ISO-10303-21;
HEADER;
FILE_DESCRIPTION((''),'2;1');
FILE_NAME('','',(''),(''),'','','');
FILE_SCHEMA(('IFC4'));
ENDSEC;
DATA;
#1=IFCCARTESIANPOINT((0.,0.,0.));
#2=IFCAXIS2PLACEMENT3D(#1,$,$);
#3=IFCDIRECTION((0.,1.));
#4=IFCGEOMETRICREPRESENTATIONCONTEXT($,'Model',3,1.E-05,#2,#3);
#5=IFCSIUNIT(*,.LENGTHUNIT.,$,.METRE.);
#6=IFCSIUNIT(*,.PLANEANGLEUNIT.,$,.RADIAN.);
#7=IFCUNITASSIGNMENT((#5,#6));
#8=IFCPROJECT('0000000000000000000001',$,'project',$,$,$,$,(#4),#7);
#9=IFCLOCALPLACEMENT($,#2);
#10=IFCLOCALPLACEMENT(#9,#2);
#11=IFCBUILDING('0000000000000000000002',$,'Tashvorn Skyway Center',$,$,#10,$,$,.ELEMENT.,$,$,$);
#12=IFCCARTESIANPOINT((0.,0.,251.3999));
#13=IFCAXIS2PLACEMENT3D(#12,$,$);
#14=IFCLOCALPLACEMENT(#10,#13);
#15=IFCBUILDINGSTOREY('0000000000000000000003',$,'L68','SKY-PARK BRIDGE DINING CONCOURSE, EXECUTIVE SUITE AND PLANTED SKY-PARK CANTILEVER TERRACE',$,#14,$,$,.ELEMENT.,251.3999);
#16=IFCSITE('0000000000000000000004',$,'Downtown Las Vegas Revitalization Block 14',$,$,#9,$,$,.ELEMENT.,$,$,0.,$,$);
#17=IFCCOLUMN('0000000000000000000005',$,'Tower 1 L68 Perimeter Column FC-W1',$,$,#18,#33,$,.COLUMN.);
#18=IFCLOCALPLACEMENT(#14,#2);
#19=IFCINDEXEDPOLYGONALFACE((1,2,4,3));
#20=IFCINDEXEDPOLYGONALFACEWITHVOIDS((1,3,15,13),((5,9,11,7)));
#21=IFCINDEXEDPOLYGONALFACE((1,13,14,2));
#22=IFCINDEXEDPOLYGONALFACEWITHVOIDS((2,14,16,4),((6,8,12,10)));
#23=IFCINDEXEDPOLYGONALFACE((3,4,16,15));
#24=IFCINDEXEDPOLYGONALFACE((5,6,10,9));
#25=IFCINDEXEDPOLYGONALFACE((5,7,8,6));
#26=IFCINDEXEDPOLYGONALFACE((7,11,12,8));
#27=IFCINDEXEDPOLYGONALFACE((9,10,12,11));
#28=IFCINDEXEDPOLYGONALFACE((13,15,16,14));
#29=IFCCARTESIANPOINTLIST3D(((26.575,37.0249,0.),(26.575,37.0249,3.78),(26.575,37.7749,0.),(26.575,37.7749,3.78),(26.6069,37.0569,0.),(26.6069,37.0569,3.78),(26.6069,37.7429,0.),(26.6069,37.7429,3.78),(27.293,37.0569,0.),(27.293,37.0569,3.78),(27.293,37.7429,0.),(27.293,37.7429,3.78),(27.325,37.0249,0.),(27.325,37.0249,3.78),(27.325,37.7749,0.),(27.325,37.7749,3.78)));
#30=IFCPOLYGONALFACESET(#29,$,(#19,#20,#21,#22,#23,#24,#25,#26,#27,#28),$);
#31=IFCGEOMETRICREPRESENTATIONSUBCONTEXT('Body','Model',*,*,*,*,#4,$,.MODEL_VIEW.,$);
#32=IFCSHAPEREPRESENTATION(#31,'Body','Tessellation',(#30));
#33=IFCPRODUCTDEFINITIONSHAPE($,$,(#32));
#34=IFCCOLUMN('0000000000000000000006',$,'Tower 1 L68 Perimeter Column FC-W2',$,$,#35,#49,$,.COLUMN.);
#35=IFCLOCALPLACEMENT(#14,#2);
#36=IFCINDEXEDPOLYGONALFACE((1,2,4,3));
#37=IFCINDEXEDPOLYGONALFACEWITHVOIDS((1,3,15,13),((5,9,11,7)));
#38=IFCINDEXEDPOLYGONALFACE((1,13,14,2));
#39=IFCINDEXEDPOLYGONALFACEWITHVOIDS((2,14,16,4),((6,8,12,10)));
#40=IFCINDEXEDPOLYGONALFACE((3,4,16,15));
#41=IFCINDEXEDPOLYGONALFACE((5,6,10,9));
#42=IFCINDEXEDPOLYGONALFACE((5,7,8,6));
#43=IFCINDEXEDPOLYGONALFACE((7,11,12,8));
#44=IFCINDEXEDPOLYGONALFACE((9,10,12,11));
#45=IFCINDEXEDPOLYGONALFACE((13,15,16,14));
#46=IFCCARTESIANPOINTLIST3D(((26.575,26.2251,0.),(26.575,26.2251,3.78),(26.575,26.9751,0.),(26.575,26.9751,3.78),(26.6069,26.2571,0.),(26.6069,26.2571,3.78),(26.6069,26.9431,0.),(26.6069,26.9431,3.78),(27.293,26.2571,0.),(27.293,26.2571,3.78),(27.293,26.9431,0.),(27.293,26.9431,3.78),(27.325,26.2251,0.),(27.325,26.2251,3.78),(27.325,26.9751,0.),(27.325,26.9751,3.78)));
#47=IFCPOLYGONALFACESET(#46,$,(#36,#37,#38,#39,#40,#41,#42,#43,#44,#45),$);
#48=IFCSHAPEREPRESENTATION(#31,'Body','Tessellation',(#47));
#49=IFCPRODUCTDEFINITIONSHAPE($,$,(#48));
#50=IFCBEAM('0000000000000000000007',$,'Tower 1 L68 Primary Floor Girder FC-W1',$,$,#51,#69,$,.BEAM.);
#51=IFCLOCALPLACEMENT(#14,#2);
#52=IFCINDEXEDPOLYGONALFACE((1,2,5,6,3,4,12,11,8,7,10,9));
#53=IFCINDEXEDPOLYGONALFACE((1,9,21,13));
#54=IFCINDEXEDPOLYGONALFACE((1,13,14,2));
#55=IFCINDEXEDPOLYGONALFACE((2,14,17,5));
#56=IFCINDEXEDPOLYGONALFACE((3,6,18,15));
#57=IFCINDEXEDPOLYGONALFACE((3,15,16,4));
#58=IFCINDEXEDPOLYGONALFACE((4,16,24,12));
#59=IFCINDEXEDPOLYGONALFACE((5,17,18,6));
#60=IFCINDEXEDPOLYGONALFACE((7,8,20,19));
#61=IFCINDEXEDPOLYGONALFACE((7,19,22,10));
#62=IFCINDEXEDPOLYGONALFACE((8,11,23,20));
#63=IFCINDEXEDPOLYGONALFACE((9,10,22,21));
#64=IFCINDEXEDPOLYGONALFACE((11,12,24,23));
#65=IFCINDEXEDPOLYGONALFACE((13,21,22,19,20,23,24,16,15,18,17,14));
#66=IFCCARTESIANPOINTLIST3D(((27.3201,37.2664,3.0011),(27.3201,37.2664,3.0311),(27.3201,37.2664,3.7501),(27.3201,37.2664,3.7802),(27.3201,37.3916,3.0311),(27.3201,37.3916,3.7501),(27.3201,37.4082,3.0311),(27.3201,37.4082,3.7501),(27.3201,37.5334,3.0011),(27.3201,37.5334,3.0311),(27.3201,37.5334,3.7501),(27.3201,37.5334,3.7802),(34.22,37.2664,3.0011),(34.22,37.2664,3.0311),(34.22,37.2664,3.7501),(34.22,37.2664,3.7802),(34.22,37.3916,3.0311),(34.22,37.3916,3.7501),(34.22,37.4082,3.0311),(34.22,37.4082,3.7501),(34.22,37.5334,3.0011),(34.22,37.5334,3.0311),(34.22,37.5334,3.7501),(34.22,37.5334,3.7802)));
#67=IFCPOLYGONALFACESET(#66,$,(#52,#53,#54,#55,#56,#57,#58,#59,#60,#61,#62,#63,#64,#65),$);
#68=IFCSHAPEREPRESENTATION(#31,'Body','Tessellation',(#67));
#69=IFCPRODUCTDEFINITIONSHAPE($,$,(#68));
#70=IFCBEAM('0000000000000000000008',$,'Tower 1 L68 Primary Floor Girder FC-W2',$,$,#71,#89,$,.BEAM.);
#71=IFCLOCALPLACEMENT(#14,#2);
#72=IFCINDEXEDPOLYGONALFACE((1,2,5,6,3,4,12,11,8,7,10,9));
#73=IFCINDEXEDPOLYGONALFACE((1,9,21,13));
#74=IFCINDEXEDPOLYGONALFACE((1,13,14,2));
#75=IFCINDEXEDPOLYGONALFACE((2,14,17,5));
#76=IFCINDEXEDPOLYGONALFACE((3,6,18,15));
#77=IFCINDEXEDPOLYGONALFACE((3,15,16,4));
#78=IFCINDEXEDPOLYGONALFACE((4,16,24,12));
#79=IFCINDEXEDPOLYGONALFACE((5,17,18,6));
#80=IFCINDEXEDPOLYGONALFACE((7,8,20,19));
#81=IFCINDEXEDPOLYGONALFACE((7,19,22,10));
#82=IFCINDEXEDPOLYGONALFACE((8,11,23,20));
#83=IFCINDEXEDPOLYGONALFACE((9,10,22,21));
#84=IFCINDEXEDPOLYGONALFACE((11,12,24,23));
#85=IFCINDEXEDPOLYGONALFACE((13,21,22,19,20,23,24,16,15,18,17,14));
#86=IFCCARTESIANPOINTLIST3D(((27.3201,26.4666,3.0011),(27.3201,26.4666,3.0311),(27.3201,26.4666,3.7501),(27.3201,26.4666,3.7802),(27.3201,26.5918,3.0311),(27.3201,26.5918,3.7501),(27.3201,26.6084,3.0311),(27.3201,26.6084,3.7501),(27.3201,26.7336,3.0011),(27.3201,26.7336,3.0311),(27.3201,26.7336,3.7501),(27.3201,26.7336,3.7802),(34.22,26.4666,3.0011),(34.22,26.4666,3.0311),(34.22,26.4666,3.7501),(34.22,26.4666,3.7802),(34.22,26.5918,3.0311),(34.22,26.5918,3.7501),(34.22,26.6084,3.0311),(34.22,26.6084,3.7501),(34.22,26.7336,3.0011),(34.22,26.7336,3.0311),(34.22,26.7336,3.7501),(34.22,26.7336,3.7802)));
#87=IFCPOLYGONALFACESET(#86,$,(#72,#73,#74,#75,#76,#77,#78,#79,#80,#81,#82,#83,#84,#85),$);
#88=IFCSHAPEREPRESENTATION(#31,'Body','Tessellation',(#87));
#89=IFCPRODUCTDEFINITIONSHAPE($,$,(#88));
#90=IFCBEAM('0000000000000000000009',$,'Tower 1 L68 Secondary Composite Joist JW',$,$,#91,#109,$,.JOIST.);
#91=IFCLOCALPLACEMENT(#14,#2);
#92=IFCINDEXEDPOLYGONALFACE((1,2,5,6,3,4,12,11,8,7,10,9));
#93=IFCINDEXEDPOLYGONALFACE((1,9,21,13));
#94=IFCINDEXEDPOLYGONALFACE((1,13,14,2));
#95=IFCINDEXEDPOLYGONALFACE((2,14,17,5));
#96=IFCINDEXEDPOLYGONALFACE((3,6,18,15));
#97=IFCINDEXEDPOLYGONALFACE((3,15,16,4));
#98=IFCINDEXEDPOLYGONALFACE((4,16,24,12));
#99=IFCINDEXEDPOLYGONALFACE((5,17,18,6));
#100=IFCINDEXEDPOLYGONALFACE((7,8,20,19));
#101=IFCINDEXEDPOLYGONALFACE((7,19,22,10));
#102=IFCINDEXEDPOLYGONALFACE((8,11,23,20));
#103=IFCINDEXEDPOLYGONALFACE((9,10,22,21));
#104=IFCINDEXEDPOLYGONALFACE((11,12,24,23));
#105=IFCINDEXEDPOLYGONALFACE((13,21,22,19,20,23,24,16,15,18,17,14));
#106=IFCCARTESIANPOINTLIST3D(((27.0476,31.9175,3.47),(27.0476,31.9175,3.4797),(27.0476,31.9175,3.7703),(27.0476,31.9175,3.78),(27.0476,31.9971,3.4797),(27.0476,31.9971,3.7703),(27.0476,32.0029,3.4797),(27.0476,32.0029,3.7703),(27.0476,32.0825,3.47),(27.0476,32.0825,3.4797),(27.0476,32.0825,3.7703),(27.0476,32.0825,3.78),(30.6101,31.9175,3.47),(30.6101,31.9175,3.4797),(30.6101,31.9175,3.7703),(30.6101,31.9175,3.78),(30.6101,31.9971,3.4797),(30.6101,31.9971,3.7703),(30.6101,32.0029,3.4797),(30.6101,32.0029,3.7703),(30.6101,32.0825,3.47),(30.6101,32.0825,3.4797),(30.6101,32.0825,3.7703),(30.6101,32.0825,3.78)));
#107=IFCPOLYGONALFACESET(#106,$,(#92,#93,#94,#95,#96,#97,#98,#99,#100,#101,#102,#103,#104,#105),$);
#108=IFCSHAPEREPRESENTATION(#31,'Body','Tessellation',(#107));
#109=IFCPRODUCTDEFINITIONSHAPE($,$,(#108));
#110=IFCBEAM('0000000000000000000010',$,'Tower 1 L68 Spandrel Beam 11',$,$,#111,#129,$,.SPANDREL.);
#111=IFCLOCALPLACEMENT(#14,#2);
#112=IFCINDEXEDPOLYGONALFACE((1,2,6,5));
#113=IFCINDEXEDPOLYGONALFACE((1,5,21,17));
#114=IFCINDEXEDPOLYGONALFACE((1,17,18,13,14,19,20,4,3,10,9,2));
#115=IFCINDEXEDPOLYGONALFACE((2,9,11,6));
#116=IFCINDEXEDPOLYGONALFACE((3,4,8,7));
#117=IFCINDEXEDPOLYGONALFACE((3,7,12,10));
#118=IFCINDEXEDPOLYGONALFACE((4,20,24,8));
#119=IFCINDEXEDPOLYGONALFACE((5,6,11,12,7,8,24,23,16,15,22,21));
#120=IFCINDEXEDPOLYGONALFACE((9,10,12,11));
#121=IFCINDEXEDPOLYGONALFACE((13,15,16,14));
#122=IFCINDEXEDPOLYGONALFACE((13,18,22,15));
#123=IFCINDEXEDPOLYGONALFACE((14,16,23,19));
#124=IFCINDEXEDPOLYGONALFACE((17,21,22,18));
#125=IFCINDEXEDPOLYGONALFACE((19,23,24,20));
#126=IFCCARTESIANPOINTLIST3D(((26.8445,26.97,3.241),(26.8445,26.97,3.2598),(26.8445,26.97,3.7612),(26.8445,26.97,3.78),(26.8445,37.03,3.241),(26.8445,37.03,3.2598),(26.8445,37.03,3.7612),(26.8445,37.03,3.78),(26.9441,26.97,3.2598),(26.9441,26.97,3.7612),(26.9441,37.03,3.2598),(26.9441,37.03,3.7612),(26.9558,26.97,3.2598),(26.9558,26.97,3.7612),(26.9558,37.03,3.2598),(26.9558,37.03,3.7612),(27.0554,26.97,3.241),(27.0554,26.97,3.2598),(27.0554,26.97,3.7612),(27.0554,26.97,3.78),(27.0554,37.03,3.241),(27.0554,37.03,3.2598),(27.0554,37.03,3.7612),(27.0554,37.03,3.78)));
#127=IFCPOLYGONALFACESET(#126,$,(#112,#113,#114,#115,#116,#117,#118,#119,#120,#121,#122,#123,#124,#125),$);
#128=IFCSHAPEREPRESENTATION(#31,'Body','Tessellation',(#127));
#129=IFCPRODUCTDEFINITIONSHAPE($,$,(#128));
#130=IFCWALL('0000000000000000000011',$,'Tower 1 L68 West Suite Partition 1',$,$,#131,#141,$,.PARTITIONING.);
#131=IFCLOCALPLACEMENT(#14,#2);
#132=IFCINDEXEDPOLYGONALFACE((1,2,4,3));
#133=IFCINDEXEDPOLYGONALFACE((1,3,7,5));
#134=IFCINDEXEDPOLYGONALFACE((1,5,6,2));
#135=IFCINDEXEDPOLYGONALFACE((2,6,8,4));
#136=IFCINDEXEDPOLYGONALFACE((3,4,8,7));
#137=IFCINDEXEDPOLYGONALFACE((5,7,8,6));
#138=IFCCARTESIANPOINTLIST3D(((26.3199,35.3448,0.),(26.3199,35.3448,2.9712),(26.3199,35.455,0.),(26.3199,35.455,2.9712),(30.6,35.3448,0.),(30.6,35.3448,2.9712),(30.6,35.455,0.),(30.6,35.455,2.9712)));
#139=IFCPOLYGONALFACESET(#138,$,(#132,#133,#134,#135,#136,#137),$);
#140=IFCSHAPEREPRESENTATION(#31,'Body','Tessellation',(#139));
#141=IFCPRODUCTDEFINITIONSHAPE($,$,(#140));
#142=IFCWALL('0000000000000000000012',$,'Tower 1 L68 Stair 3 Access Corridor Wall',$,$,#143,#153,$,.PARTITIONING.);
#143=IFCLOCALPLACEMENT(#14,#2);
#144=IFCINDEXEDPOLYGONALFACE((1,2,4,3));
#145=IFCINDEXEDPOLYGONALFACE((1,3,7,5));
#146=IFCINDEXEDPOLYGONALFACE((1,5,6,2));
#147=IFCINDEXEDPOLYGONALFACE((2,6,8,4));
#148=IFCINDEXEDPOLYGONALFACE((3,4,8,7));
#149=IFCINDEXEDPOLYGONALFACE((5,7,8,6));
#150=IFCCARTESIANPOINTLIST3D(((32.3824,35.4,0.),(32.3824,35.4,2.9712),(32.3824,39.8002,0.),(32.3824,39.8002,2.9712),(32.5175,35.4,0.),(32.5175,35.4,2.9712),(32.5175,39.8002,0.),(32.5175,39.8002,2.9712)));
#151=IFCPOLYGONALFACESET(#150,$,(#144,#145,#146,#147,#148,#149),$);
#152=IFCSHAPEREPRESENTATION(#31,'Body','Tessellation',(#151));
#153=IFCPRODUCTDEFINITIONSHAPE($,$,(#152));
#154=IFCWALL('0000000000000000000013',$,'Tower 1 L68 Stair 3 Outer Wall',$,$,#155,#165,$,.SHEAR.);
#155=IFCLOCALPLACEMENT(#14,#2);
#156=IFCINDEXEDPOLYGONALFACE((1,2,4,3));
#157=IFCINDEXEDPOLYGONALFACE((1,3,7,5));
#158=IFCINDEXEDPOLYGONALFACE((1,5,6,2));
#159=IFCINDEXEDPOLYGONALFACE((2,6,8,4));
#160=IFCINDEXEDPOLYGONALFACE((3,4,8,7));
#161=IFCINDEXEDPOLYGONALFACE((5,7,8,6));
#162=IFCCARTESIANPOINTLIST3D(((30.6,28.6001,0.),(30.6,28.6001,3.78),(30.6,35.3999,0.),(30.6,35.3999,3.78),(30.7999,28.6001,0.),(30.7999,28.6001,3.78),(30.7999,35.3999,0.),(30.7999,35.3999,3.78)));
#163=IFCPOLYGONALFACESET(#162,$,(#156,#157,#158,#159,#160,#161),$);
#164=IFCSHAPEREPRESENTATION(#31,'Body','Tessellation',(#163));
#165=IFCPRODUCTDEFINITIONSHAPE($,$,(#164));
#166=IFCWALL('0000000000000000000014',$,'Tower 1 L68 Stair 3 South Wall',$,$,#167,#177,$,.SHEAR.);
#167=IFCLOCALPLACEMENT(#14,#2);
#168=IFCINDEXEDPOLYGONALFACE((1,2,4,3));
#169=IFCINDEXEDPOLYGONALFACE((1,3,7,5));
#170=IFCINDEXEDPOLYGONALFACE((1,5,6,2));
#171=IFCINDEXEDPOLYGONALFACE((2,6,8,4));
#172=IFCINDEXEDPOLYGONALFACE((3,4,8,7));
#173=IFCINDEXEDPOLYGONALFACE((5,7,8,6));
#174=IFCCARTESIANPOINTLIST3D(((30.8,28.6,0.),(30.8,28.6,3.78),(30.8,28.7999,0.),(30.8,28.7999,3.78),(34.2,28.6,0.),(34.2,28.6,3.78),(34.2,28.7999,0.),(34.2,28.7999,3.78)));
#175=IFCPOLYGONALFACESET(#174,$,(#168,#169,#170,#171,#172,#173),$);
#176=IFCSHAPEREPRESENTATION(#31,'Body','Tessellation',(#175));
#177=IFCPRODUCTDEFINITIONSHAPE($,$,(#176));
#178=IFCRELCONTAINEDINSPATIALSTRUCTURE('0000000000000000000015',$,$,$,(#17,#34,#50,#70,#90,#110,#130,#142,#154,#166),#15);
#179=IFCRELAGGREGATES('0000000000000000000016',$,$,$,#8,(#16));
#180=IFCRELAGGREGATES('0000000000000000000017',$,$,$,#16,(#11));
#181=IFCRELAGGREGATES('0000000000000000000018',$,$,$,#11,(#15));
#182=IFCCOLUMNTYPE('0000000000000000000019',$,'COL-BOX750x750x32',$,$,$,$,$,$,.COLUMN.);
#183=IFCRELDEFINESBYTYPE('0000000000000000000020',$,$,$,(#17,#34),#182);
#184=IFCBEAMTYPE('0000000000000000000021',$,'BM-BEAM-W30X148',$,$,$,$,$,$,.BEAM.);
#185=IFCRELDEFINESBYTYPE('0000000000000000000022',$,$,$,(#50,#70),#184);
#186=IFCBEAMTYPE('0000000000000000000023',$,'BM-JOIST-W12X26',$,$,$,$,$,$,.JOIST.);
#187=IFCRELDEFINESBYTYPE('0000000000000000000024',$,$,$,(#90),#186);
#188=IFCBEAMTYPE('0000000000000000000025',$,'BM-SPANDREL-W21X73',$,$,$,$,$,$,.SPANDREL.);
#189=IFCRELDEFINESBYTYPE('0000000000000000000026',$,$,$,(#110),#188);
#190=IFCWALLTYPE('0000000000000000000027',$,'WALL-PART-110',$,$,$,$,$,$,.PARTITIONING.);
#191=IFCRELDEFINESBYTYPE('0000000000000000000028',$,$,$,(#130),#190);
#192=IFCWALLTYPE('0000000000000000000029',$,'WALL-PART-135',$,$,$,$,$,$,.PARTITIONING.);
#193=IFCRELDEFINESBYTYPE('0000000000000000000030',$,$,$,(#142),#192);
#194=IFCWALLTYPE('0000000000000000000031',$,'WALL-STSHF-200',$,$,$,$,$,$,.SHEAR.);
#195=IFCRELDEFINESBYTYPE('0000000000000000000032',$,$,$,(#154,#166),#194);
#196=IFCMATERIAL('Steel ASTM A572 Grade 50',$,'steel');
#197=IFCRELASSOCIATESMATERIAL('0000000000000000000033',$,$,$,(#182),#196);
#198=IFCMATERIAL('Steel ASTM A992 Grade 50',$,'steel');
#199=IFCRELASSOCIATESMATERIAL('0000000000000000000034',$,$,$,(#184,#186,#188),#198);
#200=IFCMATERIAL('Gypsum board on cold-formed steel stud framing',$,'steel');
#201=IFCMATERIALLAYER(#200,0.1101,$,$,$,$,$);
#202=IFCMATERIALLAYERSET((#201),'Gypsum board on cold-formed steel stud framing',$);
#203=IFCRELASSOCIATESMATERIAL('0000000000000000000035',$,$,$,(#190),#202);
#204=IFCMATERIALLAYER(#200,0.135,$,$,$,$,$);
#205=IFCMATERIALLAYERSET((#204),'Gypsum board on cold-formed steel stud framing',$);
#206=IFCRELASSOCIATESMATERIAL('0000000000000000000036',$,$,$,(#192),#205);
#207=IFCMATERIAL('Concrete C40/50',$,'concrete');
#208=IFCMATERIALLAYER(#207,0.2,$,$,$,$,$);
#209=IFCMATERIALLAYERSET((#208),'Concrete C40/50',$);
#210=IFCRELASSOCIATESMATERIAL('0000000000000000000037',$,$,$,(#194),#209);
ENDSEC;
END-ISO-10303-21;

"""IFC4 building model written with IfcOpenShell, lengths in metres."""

from ifc_helpers import new_model, si_unit, direction, frame, frame_2d, origin, origin_2d, place, context, subcontext, project, spatial, rectangle, hollow_rectangle, i_section, extrude, material, layer, layer_set, material_profile, profile_set, type_object, element, save


model = new_model("IFC4")

# Units and contexts
model_context = context("Model", 3, precision=1e-05, world=origin(), true_north=direction((0.0, 1.0)))
body_context = subcontext(model_context, "Body", "Model", "MODEL_VIEW")
ifc_project = project(units=[si_unit("LENGTHUNIT", "METRE"), si_unit("PLANEANGLEUNIT", "RADIAN")], contexts=[model_context])

# Site, building, storey
site_placement = place(None, origin())
site = spatial("IfcSite", under=ifc_project, at=site_placement, Name="Downtown Las Vegas Revitalization Block 14", CompositionType="ELEMENT", RefElevation=0.0)
building_placement = place(site_placement, origin())
building = spatial("IfcBuilding", under=site, at=building_placement, Name="Tashvorn Skyway Center", CompositionType="ELEMENT")
storey_placement = place(building_placement, frame((0.0, 0.0, 251.3999)))
storey = spatial("IfcBuildingStorey", under=building, at=storey_placement, Name="L68", Description="SKY-PARK BRIDGE DINING CONCOURSE, EXECUTIVE SUITE AND PLANTED SKY-PARK CANTILEVER TERRACE", CompositionType="ELEMENT", Elevation=251.3999)

# Columns
ifc_material_1 = material(Name="Steel ASTM A572 Grade 50", Category="steel")
ifc_material_profile_1 = material_profile(ifc_material_1, hollow_rectangle(XDim=0.75, YDim=0.75, WallThickness=0.032, at=origin_2d()), Name="BOX750x750x32")
ifc_profile_set_1 = profile_set([ifc_material_profile_1], Name="Steel ASTM A572 Grade 50")
column_type = type_object("IfcColumnType", Name="COL-BOX750x750x32", PredefinedType="COLUMN", material=ifc_profile_set_1)
for number, where, z_axis, x_axis, name in (
    (1, (26.95, 37.3999, 0.0), (0.0, 0.0, 1.0), (1.0, 0.0, 0.0), "Tower 1 L68 Perimeter Column FC-W1"),
    (2, (26.95, 26.6001, 0.0), (0.0, 0.0, 1.0), (1.0, 0.0, 0.0), "Tower 1 L68 Perimeter Column FC-W2"),
):
    element("IfcColumn", number, at=place(storey_placement, frame(where, z_axis=z_axis, x_axis=x_axis)), inside=storey, type_object=column_type, Name=name, PredefinedType="COLUMN", context=body_context, shape_type="SweptSolid", body=[
        extrude(hollow_rectangle(XDim=0.75, YDim=0.75, WallThickness=0.032, at=origin_2d()), origin(), (0.0, 0.0, 1.0), 3.78),
    ])

# Beams
ifc_material_2 = material(Name="Steel ASTM A992 Grade 50", Category="steel")
ifc_material_profile_2 = material_profile(ifc_material_2, i_section(OverallWidth=0.2671, OverallDepth=0.7791, WebThickness=0.0166, FlangeThickness=0.03, at=origin_2d()), Name="W30X148")
ifc_profile_set_2 = profile_set([ifc_material_profile_2], Name="Steel ASTM A992 Grade 50")
beam_type_1 = type_object("IfcBeamType", Name="BM-BEAM-W30X148", PredefinedType="BEAM", material=ifc_profile_set_2)
for number, where, z_axis, x_axis, name in (
    (3, (27.3201, 37.3999, 3.3906), (1.0, 0.0, 0.0), (0.0, 1.0, 0.0), "Tower 1 L68 Primary Floor Girder FC-W1"),
    (4, (27.3201, 26.6001, 3.3906), (1.0, 0.0, 0.0), (0.0, 1.0, 0.0), "Tower 1 L68 Primary Floor Girder FC-W2"),
):
    element("IfcBeam", number, at=place(storey_placement, frame(where, z_axis=z_axis, x_axis=x_axis)), inside=storey, type_object=beam_type_1, Name=name, PredefinedType="BEAM", context=body_context, shape_type="SweptSolid", body=[
        extrude(i_section(OverallWidth=0.2671, OverallDepth=0.7791, WebThickness=0.0166, FlangeThickness=0.03, at=origin_2d()), origin(), (0.0, 0.0, 1.0), 6.8999),
    ])
ifc_material_profile_3 = material_profile(ifc_material_2, i_section(OverallWidth=0.165, OverallDepth=0.3101, WebThickness=0.0059, FlangeThickness=0.0098, at=origin_2d()), Name="W12X26")
ifc_profile_set_3 = profile_set([ifc_material_profile_3], Name="Steel ASTM A992 Grade 50")
beam_type_2 = type_object("IfcBeamType", Name="BM-JOIST-W12X26", PredefinedType="JOIST", material=ifc_profile_set_3)
beam_1_placement = place(storey_placement, frame((30.6101, 32.0, 3.625), z_axis=(-1.0, 0.0, 0.0), x_axis=(0.0, -1.0, 0.0)))
element("IfcBeam", 5, at=beam_1_placement, inside=storey, type_object=beam_type_2, Name="Tower 1 L68 Secondary Composite Joist JW", PredefinedType="JOIST", context=body_context, shape_type="SweptSolid", body=[
    extrude(i_section(OverallWidth=0.165, OverallDepth=0.3101, WebThickness=0.0059, FlangeThickness=0.0098, at=origin_2d()), origin(), (0.0, 0.0, 1.0), 3.5625),
])
ifc_material_profile_4 = material_profile(ifc_material_2, i_section(OverallWidth=0.2109, OverallDepth=0.5391, WebThickness=0.0117, FlangeThickness=0.0188, at=origin_2d()), Name="W21X73")
ifc_profile_set_4 = profile_set([ifc_material_profile_4], Name="Steel ASTM A992 Grade 50")
beam_type_3 = type_object("IfcBeamType", Name="BM-SPANDREL-W21X73", PredefinedType="SPANDREL", material=ifc_profile_set_4)
beam_2_placement = place(storey_placement, frame((26.95, 37.03, 3.5105), z_axis=(0.0, -1.0, 0.0), x_axis=(1.0, 0.0, 0.0)))
element("IfcBeam", 6, at=beam_2_placement, inside=storey, type_object=beam_type_3, Name="Tower 1 L68 Spandrel Beam 11", PredefinedType="SPANDREL", context=body_context, shape_type="SweptSolid", body=[
    extrude(i_section(OverallWidth=0.2109, OverallDepth=0.5391, WebThickness=0.0117, FlangeThickness=0.0188, at=origin_2d()), origin(), (0.0, 0.0, 1.0), 10.0601),
])

# Walls
ifc_material_3 = material(Name="Gypsum board on cold-formed steel stud framing", Category="steel")
ifc_layer_1 = layer(ifc_material_3, 0.1101)
ifc_layer_set_1 = layer_set([ifc_layer_1], Name="Gypsum board on cold-formed steel stud framing")
wall_type_1 = type_object("IfcWallType", Name="WALL-PART-110", PredefinedType="PARTITIONING", material=ifc_layer_set_1)
wall_1_placement = place(storey_placement, frame((30.6001, 35.3999, 0.0), z_axis=(0.0, 0.0, 1.0), x_axis=(-1.0, 0.0, 0.0)))
element("IfcWall", 7, at=wall_1_placement, inside=storey, type_object=wall_type_1, Name="Tower 1 L68 West Suite Partition 1", PredefinedType="PARTITIONING", context=body_context, shape_type="SweptSolid", body=[
    extrude(rectangle(XDim=4.28, YDim=0.1101, at=frame_2d((2.1401, 0.0))), origin(), (0.0, 0.0, 1.0), 2.9712),
])
ifc_layer_2 = layer(ifc_material_3, 0.135)
ifc_layer_set_2 = layer_set([ifc_layer_2], Name="Gypsum board on cold-formed steel stud framing")
wall_type_2 = type_object("IfcWallType", Name="WALL-PART-135", PredefinedType="PARTITIONING", material=ifc_layer_set_2)
wall_2_placement = place(storey_placement, frame((32.45, 35.3999, 0.0), z_axis=(0.0, 0.0, 1.0), x_axis=(0.0, 1.0, 0.0)))
element("IfcWall", 8, at=wall_2_placement, inside=storey, type_object=wall_type_2, Name="Tower 1 L68 Stair 3 Access Corridor Wall", PredefinedType="PARTITIONING", context=body_context, shape_type="SweptSolid", body=[
    extrude(rectangle(XDim=4.4001, YDim=0.135, at=frame_2d((2.2002, 0.0))), origin(), (0.0, 0.0, 1.0), 2.9712),
])
ifc_material_4 = material(Name="Concrete C40/50", Category="concrete")
ifc_layer_3 = layer(ifc_material_4, 0.2)
ifc_layer_set_3 = layer_set([ifc_layer_3], Name="Concrete C40/50")
wall_type_3 = type_object("IfcWallType", Name="WALL-STSHF-200", PredefinedType="SHEAR", material=ifc_layer_set_3)
wall_3_placement = place(storey_placement, frame((30.7, 28.6001, 0.0), z_axis=(0.0, 0.0, 1.0), x_axis=(0.0, 1.0, 0.0)))
element("IfcWall", 9, at=wall_3_placement, inside=storey, type_object=wall_type_3, Name="Tower 1 L68 Stair 3 Outer Wall", PredefinedType="SHEAR", context=body_context, shape_type="SweptSolid", body=[
    extrude(rectangle(XDim=6.7998, YDim=0.2, at=frame_2d((3.3999, 0.0))), origin(), (0.0, 0.0, 1.0), 3.78),
])
wall_4_placement = place(storey_placement, frame((30.8, 28.7, 0.0), z_axis=(0.0, 0.0, 1.0), x_axis=(1.0, 0.0, 0.0)))
element("IfcWall", 10, at=wall_4_placement, inside=storey, type_object=wall_type_3, Name="Tower 1 L68 Stair 3 South Wall", PredefinedType="SHEAR", context=body_context, shape_type="SweptSolid", body=[
    extrude(rectangle(XDim=3.3999, YDim=0.2, at=frame_2d((1.7, 0.0))), origin(), (0.0, 0.0, 1.0), 3.78),
])

save(model, "model.ifc")
